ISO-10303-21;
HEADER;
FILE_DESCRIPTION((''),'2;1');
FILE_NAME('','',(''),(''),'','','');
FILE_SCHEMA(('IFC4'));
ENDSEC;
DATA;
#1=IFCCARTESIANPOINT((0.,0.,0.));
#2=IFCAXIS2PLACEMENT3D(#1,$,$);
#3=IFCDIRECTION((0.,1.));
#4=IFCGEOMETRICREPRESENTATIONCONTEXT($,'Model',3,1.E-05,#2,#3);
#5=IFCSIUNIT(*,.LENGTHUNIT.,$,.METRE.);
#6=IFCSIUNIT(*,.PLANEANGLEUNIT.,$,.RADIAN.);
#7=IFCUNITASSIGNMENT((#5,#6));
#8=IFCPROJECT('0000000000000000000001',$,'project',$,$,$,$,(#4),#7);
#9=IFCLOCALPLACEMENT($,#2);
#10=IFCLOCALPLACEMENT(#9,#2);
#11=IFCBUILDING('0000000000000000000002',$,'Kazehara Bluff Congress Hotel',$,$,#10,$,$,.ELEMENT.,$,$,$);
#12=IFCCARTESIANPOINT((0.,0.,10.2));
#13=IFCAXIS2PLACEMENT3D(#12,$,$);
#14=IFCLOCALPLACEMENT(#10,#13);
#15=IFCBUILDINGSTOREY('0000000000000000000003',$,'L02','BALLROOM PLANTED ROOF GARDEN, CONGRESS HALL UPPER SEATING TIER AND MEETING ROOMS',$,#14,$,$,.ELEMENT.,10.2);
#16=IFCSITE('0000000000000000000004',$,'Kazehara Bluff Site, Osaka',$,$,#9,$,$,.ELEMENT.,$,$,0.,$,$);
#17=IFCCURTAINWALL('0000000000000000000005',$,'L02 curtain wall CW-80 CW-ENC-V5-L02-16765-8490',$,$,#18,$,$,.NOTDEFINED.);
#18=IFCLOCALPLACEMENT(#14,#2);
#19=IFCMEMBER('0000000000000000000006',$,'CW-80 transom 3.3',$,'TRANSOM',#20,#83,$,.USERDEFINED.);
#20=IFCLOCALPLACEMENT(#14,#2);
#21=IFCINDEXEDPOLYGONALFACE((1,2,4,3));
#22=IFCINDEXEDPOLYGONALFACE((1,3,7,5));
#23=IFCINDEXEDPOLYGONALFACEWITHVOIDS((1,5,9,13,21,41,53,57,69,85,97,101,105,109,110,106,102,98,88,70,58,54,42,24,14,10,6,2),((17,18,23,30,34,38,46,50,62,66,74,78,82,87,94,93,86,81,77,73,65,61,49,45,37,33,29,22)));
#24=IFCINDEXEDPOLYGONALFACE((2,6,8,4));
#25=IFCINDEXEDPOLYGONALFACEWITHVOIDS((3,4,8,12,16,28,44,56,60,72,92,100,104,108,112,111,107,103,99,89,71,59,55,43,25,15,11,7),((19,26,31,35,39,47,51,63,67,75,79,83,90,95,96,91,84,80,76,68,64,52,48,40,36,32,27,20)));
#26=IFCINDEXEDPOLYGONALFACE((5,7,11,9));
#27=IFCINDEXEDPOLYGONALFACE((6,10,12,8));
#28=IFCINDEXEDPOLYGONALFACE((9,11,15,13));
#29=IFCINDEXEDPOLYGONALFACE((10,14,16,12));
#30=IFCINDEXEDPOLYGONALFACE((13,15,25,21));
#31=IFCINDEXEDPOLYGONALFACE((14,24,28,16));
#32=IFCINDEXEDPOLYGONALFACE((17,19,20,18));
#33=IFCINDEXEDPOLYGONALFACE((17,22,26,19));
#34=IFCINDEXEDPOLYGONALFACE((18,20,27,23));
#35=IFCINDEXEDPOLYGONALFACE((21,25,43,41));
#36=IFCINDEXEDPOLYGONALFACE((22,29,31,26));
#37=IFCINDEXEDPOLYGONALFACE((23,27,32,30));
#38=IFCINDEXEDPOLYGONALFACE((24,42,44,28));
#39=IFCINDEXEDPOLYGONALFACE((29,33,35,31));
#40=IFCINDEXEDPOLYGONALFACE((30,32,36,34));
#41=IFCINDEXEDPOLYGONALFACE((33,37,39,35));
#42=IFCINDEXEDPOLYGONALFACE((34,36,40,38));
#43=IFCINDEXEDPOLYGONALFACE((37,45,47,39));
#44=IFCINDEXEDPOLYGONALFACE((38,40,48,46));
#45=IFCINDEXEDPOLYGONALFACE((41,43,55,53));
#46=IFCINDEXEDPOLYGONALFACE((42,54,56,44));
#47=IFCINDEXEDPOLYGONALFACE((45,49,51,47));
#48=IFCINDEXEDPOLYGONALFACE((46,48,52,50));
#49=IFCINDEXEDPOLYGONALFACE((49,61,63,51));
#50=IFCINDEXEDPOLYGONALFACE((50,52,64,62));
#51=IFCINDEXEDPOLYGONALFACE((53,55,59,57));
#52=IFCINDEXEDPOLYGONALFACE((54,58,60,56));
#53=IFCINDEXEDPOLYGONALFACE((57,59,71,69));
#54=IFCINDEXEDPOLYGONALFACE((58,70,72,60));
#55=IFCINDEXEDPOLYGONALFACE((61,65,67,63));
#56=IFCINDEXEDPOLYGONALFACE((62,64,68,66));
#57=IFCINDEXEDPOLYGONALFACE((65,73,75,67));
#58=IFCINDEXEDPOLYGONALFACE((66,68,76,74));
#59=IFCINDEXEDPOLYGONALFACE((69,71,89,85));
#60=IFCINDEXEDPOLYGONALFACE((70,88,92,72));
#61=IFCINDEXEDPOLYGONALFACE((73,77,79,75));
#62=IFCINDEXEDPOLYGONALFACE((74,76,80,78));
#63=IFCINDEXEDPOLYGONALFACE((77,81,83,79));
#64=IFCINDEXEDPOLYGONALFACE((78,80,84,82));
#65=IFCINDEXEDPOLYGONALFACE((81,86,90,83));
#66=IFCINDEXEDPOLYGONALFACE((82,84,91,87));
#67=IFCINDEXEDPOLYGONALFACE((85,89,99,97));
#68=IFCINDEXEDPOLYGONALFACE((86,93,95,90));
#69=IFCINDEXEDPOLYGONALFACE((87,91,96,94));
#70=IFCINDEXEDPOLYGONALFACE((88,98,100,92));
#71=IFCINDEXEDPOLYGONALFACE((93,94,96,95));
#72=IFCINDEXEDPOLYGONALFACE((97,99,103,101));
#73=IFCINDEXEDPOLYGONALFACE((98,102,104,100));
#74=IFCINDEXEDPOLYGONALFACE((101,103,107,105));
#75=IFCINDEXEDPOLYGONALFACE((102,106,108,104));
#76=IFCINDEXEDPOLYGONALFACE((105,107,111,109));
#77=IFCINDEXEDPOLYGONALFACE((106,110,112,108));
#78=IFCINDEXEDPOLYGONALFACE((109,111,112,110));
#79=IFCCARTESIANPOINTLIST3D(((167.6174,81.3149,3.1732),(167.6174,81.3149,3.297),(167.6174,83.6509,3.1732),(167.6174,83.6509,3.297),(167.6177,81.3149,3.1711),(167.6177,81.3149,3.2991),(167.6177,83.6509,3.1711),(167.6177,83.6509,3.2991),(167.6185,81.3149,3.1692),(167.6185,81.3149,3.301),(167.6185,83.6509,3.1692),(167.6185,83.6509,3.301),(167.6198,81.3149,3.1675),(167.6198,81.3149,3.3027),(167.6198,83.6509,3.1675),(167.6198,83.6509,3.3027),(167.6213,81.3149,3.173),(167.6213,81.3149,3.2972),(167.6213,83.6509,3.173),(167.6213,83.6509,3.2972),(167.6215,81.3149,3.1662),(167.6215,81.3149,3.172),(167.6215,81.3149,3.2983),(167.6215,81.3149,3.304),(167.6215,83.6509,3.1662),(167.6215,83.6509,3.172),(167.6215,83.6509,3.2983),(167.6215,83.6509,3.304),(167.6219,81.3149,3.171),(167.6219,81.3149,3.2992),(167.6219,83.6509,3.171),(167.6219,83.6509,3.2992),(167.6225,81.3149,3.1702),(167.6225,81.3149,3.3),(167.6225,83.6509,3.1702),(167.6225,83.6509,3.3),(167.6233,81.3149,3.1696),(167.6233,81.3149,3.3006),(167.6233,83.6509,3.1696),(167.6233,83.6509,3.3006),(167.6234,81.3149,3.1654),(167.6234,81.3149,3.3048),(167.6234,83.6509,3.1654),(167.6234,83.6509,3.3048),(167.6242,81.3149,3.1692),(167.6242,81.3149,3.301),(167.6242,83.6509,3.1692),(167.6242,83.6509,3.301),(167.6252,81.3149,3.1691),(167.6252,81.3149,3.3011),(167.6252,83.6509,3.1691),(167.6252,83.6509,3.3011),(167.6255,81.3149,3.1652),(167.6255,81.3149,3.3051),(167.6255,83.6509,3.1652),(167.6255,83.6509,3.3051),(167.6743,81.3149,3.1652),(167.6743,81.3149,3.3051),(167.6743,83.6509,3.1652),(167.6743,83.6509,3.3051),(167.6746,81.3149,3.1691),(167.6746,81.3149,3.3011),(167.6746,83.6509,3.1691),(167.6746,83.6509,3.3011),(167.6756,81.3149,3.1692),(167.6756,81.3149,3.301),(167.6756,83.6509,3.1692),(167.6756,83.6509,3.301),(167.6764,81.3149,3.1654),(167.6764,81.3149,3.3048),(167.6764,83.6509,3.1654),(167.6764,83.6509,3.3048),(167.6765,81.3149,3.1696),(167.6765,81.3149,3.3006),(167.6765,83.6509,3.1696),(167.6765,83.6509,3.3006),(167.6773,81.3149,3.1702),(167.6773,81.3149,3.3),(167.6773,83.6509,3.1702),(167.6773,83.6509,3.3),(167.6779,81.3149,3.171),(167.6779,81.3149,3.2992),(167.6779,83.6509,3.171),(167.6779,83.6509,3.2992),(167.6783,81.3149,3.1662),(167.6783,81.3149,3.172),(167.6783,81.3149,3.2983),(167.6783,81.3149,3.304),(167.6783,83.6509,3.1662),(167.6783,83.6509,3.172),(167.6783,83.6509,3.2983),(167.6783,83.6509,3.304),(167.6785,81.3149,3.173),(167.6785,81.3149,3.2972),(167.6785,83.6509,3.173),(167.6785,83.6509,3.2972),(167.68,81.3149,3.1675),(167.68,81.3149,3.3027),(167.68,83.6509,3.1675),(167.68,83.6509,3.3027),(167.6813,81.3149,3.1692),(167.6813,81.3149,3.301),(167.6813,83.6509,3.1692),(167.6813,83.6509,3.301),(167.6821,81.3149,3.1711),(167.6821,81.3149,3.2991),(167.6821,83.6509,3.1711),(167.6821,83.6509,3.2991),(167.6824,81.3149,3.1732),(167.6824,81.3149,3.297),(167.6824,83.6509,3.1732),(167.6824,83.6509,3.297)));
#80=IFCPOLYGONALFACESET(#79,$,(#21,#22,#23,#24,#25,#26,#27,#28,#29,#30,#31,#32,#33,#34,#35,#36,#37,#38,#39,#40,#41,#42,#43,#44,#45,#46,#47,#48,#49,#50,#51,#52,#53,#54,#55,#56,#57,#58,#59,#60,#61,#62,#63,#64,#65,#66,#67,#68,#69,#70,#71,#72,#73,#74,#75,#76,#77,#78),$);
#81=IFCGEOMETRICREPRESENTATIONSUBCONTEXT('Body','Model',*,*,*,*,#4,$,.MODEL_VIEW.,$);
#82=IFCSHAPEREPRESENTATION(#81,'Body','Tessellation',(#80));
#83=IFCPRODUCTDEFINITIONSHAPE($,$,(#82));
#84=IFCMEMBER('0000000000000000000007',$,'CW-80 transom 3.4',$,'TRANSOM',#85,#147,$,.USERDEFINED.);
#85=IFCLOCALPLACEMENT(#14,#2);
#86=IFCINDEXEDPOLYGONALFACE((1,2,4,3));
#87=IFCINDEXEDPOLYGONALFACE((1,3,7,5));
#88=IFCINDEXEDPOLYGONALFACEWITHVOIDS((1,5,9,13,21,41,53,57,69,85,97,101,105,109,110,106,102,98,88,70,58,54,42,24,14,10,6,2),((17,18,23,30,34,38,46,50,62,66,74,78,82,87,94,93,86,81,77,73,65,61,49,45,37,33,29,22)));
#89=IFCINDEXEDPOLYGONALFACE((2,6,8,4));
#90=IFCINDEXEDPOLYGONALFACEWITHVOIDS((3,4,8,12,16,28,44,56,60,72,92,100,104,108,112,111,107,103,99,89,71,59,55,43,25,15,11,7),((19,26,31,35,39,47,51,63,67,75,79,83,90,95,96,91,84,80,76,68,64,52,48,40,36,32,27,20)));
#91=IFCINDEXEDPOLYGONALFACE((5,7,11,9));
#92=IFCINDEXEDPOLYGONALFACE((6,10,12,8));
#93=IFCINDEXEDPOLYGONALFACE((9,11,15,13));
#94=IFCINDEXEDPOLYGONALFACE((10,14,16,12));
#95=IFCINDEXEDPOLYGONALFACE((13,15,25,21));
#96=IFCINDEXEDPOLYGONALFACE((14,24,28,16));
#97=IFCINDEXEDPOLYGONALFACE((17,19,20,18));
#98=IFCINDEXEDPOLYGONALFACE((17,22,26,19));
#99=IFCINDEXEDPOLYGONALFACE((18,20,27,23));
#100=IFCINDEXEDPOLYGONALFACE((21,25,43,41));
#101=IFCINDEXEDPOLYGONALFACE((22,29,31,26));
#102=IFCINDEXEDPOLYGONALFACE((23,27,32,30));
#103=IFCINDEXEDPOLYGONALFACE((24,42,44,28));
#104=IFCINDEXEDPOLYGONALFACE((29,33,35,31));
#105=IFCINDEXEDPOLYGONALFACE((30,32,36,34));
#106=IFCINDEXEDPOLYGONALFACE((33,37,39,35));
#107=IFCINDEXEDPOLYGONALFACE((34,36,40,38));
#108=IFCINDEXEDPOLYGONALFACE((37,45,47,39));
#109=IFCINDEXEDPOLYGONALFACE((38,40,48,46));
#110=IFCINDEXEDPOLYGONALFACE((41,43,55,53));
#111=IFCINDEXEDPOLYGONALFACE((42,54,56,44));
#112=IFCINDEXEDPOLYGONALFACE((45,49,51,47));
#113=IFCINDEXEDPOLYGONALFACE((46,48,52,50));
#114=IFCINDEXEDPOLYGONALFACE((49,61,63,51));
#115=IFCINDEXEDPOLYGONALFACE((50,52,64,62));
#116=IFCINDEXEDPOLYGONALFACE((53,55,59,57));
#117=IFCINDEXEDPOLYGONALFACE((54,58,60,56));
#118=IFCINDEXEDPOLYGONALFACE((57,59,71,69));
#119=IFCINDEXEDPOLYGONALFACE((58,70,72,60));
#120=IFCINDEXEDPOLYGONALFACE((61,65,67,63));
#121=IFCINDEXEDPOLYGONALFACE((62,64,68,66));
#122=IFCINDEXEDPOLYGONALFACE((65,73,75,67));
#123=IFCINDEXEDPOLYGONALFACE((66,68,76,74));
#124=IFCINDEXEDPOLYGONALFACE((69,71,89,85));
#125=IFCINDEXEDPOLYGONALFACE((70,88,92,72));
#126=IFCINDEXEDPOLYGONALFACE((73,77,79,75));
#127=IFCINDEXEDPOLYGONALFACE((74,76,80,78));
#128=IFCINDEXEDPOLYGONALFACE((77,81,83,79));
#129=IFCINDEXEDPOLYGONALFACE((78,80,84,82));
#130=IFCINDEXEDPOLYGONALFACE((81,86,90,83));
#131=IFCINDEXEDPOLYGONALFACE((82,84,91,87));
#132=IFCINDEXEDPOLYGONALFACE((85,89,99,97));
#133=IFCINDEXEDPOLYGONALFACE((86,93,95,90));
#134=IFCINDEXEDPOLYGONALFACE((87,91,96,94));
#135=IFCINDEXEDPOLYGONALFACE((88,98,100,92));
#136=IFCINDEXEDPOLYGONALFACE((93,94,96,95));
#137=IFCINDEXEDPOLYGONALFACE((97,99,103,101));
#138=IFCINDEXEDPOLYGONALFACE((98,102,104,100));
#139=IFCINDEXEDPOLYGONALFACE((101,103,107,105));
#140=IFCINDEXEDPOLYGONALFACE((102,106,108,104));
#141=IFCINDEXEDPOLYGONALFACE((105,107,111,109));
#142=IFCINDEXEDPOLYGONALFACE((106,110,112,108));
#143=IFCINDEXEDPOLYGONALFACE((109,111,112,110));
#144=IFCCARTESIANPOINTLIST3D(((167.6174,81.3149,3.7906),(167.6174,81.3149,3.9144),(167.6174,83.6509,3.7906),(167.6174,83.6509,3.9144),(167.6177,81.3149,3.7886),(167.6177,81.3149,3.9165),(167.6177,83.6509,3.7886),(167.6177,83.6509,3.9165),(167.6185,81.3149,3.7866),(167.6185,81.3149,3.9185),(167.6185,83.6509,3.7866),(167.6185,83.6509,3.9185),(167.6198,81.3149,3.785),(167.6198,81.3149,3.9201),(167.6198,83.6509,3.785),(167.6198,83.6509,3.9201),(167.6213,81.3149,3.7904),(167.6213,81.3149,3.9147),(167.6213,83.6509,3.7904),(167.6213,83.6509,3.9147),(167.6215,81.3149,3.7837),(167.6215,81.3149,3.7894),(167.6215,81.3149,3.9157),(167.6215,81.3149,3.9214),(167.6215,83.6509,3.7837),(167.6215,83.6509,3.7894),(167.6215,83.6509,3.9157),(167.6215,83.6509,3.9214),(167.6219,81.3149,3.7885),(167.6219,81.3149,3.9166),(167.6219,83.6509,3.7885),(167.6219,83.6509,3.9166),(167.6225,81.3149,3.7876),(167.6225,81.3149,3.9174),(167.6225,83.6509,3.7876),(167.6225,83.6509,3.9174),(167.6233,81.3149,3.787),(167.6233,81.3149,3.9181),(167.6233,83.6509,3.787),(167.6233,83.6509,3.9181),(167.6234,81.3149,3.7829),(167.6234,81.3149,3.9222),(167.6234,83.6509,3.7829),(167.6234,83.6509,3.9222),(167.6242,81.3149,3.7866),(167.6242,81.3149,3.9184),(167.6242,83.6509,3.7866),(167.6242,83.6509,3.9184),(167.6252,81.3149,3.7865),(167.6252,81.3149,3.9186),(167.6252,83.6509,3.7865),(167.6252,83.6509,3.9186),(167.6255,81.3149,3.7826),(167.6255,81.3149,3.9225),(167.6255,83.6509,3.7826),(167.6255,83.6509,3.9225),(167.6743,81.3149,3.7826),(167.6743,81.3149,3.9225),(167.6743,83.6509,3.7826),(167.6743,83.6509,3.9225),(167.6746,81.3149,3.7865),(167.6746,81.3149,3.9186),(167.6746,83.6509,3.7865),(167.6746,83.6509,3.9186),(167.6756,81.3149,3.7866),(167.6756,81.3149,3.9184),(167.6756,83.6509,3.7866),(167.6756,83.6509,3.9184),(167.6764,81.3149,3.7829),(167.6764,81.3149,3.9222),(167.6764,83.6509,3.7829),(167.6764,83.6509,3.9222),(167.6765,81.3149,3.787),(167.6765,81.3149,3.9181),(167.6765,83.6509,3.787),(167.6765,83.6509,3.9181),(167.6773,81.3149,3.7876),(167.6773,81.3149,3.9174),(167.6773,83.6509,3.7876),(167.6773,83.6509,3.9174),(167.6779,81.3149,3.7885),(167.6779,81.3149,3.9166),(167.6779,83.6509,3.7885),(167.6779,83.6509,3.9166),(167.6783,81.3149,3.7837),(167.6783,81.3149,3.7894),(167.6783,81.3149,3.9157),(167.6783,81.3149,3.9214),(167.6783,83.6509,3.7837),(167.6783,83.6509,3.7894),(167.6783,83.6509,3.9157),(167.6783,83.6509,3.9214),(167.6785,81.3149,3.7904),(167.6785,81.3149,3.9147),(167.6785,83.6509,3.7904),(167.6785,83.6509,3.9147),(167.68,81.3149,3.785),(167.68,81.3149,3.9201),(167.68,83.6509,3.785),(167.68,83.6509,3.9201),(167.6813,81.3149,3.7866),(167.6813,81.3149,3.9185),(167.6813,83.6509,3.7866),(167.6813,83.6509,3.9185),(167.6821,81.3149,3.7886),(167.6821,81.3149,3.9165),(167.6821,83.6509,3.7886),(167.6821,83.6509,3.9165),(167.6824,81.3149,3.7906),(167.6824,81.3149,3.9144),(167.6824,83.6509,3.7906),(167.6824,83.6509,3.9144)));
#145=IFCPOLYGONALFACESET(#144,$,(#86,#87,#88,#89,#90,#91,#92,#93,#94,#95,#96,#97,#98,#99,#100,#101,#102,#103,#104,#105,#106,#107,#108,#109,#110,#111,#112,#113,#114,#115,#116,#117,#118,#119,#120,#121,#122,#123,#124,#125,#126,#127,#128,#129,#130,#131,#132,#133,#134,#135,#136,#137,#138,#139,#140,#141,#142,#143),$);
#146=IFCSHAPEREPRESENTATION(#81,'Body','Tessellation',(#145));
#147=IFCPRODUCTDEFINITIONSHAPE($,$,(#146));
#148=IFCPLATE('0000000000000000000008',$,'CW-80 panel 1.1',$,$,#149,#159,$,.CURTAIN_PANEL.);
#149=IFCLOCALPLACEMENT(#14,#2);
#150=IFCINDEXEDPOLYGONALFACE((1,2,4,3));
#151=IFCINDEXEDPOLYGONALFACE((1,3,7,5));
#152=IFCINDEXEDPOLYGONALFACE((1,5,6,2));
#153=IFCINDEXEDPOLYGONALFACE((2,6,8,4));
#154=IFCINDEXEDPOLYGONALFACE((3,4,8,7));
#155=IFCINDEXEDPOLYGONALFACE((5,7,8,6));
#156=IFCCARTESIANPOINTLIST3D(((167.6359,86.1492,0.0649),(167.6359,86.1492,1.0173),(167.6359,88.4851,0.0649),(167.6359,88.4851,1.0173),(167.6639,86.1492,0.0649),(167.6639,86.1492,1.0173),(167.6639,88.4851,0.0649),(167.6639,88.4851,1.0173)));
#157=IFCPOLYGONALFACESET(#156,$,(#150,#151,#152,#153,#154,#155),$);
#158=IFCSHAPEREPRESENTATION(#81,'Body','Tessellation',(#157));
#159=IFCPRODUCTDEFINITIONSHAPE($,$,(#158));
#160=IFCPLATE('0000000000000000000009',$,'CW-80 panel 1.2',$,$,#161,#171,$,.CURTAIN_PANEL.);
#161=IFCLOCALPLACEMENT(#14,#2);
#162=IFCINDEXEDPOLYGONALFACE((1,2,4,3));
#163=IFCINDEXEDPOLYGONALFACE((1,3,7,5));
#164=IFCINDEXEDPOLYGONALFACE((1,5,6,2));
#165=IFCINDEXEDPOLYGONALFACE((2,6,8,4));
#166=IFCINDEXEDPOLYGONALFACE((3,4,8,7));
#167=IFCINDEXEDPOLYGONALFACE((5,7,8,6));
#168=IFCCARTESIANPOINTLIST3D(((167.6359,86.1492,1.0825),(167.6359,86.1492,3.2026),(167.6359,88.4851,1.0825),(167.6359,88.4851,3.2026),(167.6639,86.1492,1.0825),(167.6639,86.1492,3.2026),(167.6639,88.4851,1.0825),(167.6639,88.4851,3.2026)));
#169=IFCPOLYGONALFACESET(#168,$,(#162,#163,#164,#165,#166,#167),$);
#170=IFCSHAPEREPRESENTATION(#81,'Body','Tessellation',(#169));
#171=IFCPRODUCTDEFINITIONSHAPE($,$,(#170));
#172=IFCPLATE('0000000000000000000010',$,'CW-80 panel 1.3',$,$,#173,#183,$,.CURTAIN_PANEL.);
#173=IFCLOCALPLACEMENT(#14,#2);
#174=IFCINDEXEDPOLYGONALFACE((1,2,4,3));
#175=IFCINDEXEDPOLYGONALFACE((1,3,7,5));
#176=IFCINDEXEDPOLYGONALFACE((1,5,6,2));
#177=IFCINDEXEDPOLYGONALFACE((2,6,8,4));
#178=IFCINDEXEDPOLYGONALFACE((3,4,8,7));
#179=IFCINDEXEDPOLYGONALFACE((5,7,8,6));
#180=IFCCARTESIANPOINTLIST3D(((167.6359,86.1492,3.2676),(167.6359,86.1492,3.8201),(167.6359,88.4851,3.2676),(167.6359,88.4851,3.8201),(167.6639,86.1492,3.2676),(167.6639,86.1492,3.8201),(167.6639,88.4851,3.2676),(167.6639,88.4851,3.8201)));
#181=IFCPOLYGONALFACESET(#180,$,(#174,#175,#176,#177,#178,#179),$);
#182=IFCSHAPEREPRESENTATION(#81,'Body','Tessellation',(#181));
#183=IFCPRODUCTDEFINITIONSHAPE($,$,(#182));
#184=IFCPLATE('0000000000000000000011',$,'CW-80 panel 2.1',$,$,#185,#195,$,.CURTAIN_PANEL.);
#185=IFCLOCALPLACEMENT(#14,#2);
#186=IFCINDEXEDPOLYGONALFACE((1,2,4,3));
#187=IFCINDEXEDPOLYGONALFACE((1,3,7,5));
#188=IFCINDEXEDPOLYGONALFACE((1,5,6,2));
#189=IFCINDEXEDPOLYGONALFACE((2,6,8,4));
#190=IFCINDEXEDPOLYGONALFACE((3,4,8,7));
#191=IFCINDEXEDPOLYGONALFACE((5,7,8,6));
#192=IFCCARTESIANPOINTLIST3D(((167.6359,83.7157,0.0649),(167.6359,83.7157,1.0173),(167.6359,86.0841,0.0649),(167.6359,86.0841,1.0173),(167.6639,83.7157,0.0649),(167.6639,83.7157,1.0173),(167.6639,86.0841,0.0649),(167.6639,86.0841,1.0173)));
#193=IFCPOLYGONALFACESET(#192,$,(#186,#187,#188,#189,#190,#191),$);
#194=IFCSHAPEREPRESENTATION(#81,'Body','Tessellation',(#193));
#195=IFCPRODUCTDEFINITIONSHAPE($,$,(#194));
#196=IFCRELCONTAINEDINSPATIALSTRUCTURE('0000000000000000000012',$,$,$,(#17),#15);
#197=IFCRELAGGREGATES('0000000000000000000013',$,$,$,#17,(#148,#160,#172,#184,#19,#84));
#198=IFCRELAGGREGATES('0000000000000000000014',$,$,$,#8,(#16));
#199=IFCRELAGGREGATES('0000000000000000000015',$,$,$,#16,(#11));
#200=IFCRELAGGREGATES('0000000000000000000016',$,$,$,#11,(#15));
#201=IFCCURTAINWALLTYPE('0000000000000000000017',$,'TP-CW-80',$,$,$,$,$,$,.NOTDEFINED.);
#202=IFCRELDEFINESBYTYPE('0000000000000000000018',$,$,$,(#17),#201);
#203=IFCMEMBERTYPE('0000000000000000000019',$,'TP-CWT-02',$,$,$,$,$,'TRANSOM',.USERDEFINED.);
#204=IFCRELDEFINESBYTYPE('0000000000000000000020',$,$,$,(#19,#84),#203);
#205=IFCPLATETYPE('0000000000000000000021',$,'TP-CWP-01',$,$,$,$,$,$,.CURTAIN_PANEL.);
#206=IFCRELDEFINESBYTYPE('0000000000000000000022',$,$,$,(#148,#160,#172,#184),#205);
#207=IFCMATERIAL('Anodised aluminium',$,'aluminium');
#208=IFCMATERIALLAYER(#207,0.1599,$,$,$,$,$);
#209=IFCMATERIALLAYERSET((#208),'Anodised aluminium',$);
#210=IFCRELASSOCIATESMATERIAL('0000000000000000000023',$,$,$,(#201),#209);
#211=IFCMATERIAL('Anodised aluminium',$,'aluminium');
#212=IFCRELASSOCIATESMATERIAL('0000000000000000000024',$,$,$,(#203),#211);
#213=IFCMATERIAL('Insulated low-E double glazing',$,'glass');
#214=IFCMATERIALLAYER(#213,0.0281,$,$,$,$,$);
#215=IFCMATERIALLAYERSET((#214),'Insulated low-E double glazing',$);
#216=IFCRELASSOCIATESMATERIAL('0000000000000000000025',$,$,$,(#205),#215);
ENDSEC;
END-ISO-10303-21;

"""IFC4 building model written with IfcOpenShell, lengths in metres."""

from ifc_helpers import new_model, si_unit, direction, frame, origin, origin_2d, place, context, subcontext, project, spatial, rectangle, hollow_rectangle, extrude, material, layer, layer_set, material_profile, profile_set, type_object, element, aggregate, save


model = new_model("IFC4")

# Units and contexts
model_context = context("Model", 3, precision=1e-05, world=origin(), true_north=direction((0.0, 1.0)))
body_context = subcontext(model_context, "Body", "Model", "MODEL_VIEW")
ifc_project = project(units=[si_unit("LENGTHUNIT", "METRE"), si_unit("PLANEANGLEUNIT", "RADIAN")], contexts=[model_context])

# Site, building, storey
site_placement = place(None, origin())
site = spatial("IfcSite", under=ifc_project, at=site_placement, Name="Kazehara Bluff Site, Osaka", CompositionType="ELEMENT", RefElevation=0.0)
building_placement = place(site_placement, origin())
building = spatial("IfcBuilding", under=site, at=building_placement, Name="Kazehara Bluff Congress Hotel", CompositionType="ELEMENT")
storey_placement = place(building_placement, frame((0.0, 0.0, 10.2)))
storey = spatial("IfcBuildingStorey", under=building, at=storey_placement, Name="L02", Description="BALLROOM PLANTED ROOF GARDEN, CONGRESS HALL UPPER SEATING TIER AND MEETING ROOMS", CompositionType="ELEMENT", Elevation=10.2)

# Curtain wall, members, plates
ifc_material_1 = material(Name="Anodised aluminium", Category="aluminium")
ifc_layer_1 = layer(ifc_material_1, 0.1599)
ifc_layer_set_1 = layer_set([ifc_layer_1], Name="Anodised aluminium")
curtain_wall_type = type_object("IfcCurtainWallType", Name="TP-CW-80", PredefinedType="NOTDEFINED", material=ifc_layer_set_1)
curtain_wall_placement = place(storey_placement, origin())
curtain_wall = element("IfcCurtainWall", 1, at=curtain_wall_placement, inside=storey, type_object=curtain_wall_type, Name="L02 curtain wall CW-80 CW-ENC-V5-L02-16765-8490", PredefinedType="NOTDEFINED")
ifc_material_2 = material(Name="Anodised aluminium", Category="aluminium")
ifc_material_profile_1 = material_profile(ifc_material_2, hollow_rectangle(XDim=0.0649, YDim=0.1399, WallThickness=0.0039, InnerFilletRadius=0.0039, OuterFilletRadius=0.0081, at=origin_2d()))
ifc_profile_set_1 = profile_set([ifc_material_profile_1], Name="Anodised aluminium")
member_type_1 = type_object("IfcMemberType", Name="TP-CWT-02", ElementType="TRANSOM", PredefinedType="USERDEFINED", material=ifc_profile_set_1)
member_1_placement = place(storey_placement, frame((167.6499, 83.6509, 3.2351), z_axis=(0.0, -1.0, 0.0), x_axis=(1.0, 0.0, 0.0)))
member_1 = element("IfcMember", 2, at=member_1_placement, type_object=member_type_1, Name="CW-80 transom 3.3", ObjectType="TRANSOM", PredefinedType="USERDEFINED", context=body_context, shape_type="SweptSolid", body=[
    extrude(hollow_rectangle(XDim=0.0649, YDim=0.1399, WallThickness=0.0039, InnerFilletRadius=0.0039, OuterFilletRadius=0.0081, at=origin_2d()), origin(), (0.0, 0.0, 1.0), 2.3359),
])
member_2_placement = place(storey_placement, frame((167.6499, 83.6509, 3.8525), z_axis=(0.0, -1.0, 0.0), x_axis=(1.0, 0.0, 0.0)))
member_2 = element("IfcMember", 3, at=member_2_placement, type_object=member_type_1, Name="CW-80 transom 3.4", ObjectType="TRANSOM", PredefinedType="USERDEFINED", context=body_context, shape_type="SweptSolid", body=[
    extrude(hollow_rectangle(XDim=0.0649, YDim=0.1399, WallThickness=0.0039, InnerFilletRadius=0.0039, OuterFilletRadius=0.0081, at=origin_2d()), origin(), (0.0, 0.0, 1.0), 2.3359),
])
ifc_material_3 = material(Name="Insulated low-E double glazing", Category="glass")
ifc_layer_2 = layer(ifc_material_3, 0.0281)
ifc_layer_set_2 = layer_set([ifc_layer_2], Name="Insulated low-E double glazing")
plate_type = type_object("IfcPlateType", Name="TP-CWP-01", PredefinedType="CURTAIN_PANEL", material=ifc_layer_set_2)
plate_1_placement = place(storey_placement, frame((167.6499, 87.3171, 0.0649), z_axis=(0.0, 0.0, 1.0), x_axis=(0.0, -1.0, 0.0)))
plate_1 = element("IfcPlate", 4, at=plate_1_placement, type_object=plate_type, Name="CW-80 panel 1.1", PredefinedType="CURTAIN_PANEL", context=body_context, shape_type="SweptSolid", body=[
    extrude(rectangle(XDim=2.3359, YDim=0.0281, at=origin_2d()), origin(), (0.0, 0.0, 1.0), 0.9524),
])
plate_2_placement = place(storey_placement, frame((167.6499, 87.3171, 1.0825), z_axis=(0.0, 0.0, 1.0), x_axis=(0.0, -1.0, 0.0)))
plate_2 = element("IfcPlate", 5, at=plate_2_placement, type_object=plate_type, Name="CW-80 panel 1.2", PredefinedType="CURTAIN_PANEL", context=body_context, shape_type="SweptSolid", body=[
    extrude(rectangle(XDim=2.3359, YDim=0.0281, at=origin_2d()), origin(), (0.0, 0.0, 1.0), 2.1201),
])
plate_3_placement = place(storey_placement, frame((167.6499, 87.3171, 3.2676), z_axis=(0.0, 0.0, 1.0), x_axis=(0.0, -1.0, 0.0)))
plate_3 = element("IfcPlate", 6, at=plate_3_placement, type_object=plate_type, Name="CW-80 panel 1.3", PredefinedType="CURTAIN_PANEL", context=body_context, shape_type="SweptSolid", body=[
    extrude(rectangle(XDim=2.3359, YDim=0.0281, at=origin_2d()), origin(), (0.0, 0.0, 1.0), 0.5525),
])
plate_4_placement = place(storey_placement, frame((167.6499, 84.8999, 0.0649), z_axis=(0.0, 0.0, 1.0), x_axis=(0.0, -1.0, 0.0)))
plate_4 = element("IfcPlate", 7, at=plate_4_placement, type_object=plate_type, Name="CW-80 panel 2.1", PredefinedType="CURTAIN_PANEL", context=body_context, shape_type="SweptSolid", body=[
    extrude(rectangle(XDim=2.3684, YDim=0.0281, at=origin_2d()), origin(), (0.0, 0.0, 1.0), 0.9524),
])
aggregate(curtain_wall, [plate_1, plate_2, plate_3, plate_4, member_1, member_2])

save(model, "model.ifc")
